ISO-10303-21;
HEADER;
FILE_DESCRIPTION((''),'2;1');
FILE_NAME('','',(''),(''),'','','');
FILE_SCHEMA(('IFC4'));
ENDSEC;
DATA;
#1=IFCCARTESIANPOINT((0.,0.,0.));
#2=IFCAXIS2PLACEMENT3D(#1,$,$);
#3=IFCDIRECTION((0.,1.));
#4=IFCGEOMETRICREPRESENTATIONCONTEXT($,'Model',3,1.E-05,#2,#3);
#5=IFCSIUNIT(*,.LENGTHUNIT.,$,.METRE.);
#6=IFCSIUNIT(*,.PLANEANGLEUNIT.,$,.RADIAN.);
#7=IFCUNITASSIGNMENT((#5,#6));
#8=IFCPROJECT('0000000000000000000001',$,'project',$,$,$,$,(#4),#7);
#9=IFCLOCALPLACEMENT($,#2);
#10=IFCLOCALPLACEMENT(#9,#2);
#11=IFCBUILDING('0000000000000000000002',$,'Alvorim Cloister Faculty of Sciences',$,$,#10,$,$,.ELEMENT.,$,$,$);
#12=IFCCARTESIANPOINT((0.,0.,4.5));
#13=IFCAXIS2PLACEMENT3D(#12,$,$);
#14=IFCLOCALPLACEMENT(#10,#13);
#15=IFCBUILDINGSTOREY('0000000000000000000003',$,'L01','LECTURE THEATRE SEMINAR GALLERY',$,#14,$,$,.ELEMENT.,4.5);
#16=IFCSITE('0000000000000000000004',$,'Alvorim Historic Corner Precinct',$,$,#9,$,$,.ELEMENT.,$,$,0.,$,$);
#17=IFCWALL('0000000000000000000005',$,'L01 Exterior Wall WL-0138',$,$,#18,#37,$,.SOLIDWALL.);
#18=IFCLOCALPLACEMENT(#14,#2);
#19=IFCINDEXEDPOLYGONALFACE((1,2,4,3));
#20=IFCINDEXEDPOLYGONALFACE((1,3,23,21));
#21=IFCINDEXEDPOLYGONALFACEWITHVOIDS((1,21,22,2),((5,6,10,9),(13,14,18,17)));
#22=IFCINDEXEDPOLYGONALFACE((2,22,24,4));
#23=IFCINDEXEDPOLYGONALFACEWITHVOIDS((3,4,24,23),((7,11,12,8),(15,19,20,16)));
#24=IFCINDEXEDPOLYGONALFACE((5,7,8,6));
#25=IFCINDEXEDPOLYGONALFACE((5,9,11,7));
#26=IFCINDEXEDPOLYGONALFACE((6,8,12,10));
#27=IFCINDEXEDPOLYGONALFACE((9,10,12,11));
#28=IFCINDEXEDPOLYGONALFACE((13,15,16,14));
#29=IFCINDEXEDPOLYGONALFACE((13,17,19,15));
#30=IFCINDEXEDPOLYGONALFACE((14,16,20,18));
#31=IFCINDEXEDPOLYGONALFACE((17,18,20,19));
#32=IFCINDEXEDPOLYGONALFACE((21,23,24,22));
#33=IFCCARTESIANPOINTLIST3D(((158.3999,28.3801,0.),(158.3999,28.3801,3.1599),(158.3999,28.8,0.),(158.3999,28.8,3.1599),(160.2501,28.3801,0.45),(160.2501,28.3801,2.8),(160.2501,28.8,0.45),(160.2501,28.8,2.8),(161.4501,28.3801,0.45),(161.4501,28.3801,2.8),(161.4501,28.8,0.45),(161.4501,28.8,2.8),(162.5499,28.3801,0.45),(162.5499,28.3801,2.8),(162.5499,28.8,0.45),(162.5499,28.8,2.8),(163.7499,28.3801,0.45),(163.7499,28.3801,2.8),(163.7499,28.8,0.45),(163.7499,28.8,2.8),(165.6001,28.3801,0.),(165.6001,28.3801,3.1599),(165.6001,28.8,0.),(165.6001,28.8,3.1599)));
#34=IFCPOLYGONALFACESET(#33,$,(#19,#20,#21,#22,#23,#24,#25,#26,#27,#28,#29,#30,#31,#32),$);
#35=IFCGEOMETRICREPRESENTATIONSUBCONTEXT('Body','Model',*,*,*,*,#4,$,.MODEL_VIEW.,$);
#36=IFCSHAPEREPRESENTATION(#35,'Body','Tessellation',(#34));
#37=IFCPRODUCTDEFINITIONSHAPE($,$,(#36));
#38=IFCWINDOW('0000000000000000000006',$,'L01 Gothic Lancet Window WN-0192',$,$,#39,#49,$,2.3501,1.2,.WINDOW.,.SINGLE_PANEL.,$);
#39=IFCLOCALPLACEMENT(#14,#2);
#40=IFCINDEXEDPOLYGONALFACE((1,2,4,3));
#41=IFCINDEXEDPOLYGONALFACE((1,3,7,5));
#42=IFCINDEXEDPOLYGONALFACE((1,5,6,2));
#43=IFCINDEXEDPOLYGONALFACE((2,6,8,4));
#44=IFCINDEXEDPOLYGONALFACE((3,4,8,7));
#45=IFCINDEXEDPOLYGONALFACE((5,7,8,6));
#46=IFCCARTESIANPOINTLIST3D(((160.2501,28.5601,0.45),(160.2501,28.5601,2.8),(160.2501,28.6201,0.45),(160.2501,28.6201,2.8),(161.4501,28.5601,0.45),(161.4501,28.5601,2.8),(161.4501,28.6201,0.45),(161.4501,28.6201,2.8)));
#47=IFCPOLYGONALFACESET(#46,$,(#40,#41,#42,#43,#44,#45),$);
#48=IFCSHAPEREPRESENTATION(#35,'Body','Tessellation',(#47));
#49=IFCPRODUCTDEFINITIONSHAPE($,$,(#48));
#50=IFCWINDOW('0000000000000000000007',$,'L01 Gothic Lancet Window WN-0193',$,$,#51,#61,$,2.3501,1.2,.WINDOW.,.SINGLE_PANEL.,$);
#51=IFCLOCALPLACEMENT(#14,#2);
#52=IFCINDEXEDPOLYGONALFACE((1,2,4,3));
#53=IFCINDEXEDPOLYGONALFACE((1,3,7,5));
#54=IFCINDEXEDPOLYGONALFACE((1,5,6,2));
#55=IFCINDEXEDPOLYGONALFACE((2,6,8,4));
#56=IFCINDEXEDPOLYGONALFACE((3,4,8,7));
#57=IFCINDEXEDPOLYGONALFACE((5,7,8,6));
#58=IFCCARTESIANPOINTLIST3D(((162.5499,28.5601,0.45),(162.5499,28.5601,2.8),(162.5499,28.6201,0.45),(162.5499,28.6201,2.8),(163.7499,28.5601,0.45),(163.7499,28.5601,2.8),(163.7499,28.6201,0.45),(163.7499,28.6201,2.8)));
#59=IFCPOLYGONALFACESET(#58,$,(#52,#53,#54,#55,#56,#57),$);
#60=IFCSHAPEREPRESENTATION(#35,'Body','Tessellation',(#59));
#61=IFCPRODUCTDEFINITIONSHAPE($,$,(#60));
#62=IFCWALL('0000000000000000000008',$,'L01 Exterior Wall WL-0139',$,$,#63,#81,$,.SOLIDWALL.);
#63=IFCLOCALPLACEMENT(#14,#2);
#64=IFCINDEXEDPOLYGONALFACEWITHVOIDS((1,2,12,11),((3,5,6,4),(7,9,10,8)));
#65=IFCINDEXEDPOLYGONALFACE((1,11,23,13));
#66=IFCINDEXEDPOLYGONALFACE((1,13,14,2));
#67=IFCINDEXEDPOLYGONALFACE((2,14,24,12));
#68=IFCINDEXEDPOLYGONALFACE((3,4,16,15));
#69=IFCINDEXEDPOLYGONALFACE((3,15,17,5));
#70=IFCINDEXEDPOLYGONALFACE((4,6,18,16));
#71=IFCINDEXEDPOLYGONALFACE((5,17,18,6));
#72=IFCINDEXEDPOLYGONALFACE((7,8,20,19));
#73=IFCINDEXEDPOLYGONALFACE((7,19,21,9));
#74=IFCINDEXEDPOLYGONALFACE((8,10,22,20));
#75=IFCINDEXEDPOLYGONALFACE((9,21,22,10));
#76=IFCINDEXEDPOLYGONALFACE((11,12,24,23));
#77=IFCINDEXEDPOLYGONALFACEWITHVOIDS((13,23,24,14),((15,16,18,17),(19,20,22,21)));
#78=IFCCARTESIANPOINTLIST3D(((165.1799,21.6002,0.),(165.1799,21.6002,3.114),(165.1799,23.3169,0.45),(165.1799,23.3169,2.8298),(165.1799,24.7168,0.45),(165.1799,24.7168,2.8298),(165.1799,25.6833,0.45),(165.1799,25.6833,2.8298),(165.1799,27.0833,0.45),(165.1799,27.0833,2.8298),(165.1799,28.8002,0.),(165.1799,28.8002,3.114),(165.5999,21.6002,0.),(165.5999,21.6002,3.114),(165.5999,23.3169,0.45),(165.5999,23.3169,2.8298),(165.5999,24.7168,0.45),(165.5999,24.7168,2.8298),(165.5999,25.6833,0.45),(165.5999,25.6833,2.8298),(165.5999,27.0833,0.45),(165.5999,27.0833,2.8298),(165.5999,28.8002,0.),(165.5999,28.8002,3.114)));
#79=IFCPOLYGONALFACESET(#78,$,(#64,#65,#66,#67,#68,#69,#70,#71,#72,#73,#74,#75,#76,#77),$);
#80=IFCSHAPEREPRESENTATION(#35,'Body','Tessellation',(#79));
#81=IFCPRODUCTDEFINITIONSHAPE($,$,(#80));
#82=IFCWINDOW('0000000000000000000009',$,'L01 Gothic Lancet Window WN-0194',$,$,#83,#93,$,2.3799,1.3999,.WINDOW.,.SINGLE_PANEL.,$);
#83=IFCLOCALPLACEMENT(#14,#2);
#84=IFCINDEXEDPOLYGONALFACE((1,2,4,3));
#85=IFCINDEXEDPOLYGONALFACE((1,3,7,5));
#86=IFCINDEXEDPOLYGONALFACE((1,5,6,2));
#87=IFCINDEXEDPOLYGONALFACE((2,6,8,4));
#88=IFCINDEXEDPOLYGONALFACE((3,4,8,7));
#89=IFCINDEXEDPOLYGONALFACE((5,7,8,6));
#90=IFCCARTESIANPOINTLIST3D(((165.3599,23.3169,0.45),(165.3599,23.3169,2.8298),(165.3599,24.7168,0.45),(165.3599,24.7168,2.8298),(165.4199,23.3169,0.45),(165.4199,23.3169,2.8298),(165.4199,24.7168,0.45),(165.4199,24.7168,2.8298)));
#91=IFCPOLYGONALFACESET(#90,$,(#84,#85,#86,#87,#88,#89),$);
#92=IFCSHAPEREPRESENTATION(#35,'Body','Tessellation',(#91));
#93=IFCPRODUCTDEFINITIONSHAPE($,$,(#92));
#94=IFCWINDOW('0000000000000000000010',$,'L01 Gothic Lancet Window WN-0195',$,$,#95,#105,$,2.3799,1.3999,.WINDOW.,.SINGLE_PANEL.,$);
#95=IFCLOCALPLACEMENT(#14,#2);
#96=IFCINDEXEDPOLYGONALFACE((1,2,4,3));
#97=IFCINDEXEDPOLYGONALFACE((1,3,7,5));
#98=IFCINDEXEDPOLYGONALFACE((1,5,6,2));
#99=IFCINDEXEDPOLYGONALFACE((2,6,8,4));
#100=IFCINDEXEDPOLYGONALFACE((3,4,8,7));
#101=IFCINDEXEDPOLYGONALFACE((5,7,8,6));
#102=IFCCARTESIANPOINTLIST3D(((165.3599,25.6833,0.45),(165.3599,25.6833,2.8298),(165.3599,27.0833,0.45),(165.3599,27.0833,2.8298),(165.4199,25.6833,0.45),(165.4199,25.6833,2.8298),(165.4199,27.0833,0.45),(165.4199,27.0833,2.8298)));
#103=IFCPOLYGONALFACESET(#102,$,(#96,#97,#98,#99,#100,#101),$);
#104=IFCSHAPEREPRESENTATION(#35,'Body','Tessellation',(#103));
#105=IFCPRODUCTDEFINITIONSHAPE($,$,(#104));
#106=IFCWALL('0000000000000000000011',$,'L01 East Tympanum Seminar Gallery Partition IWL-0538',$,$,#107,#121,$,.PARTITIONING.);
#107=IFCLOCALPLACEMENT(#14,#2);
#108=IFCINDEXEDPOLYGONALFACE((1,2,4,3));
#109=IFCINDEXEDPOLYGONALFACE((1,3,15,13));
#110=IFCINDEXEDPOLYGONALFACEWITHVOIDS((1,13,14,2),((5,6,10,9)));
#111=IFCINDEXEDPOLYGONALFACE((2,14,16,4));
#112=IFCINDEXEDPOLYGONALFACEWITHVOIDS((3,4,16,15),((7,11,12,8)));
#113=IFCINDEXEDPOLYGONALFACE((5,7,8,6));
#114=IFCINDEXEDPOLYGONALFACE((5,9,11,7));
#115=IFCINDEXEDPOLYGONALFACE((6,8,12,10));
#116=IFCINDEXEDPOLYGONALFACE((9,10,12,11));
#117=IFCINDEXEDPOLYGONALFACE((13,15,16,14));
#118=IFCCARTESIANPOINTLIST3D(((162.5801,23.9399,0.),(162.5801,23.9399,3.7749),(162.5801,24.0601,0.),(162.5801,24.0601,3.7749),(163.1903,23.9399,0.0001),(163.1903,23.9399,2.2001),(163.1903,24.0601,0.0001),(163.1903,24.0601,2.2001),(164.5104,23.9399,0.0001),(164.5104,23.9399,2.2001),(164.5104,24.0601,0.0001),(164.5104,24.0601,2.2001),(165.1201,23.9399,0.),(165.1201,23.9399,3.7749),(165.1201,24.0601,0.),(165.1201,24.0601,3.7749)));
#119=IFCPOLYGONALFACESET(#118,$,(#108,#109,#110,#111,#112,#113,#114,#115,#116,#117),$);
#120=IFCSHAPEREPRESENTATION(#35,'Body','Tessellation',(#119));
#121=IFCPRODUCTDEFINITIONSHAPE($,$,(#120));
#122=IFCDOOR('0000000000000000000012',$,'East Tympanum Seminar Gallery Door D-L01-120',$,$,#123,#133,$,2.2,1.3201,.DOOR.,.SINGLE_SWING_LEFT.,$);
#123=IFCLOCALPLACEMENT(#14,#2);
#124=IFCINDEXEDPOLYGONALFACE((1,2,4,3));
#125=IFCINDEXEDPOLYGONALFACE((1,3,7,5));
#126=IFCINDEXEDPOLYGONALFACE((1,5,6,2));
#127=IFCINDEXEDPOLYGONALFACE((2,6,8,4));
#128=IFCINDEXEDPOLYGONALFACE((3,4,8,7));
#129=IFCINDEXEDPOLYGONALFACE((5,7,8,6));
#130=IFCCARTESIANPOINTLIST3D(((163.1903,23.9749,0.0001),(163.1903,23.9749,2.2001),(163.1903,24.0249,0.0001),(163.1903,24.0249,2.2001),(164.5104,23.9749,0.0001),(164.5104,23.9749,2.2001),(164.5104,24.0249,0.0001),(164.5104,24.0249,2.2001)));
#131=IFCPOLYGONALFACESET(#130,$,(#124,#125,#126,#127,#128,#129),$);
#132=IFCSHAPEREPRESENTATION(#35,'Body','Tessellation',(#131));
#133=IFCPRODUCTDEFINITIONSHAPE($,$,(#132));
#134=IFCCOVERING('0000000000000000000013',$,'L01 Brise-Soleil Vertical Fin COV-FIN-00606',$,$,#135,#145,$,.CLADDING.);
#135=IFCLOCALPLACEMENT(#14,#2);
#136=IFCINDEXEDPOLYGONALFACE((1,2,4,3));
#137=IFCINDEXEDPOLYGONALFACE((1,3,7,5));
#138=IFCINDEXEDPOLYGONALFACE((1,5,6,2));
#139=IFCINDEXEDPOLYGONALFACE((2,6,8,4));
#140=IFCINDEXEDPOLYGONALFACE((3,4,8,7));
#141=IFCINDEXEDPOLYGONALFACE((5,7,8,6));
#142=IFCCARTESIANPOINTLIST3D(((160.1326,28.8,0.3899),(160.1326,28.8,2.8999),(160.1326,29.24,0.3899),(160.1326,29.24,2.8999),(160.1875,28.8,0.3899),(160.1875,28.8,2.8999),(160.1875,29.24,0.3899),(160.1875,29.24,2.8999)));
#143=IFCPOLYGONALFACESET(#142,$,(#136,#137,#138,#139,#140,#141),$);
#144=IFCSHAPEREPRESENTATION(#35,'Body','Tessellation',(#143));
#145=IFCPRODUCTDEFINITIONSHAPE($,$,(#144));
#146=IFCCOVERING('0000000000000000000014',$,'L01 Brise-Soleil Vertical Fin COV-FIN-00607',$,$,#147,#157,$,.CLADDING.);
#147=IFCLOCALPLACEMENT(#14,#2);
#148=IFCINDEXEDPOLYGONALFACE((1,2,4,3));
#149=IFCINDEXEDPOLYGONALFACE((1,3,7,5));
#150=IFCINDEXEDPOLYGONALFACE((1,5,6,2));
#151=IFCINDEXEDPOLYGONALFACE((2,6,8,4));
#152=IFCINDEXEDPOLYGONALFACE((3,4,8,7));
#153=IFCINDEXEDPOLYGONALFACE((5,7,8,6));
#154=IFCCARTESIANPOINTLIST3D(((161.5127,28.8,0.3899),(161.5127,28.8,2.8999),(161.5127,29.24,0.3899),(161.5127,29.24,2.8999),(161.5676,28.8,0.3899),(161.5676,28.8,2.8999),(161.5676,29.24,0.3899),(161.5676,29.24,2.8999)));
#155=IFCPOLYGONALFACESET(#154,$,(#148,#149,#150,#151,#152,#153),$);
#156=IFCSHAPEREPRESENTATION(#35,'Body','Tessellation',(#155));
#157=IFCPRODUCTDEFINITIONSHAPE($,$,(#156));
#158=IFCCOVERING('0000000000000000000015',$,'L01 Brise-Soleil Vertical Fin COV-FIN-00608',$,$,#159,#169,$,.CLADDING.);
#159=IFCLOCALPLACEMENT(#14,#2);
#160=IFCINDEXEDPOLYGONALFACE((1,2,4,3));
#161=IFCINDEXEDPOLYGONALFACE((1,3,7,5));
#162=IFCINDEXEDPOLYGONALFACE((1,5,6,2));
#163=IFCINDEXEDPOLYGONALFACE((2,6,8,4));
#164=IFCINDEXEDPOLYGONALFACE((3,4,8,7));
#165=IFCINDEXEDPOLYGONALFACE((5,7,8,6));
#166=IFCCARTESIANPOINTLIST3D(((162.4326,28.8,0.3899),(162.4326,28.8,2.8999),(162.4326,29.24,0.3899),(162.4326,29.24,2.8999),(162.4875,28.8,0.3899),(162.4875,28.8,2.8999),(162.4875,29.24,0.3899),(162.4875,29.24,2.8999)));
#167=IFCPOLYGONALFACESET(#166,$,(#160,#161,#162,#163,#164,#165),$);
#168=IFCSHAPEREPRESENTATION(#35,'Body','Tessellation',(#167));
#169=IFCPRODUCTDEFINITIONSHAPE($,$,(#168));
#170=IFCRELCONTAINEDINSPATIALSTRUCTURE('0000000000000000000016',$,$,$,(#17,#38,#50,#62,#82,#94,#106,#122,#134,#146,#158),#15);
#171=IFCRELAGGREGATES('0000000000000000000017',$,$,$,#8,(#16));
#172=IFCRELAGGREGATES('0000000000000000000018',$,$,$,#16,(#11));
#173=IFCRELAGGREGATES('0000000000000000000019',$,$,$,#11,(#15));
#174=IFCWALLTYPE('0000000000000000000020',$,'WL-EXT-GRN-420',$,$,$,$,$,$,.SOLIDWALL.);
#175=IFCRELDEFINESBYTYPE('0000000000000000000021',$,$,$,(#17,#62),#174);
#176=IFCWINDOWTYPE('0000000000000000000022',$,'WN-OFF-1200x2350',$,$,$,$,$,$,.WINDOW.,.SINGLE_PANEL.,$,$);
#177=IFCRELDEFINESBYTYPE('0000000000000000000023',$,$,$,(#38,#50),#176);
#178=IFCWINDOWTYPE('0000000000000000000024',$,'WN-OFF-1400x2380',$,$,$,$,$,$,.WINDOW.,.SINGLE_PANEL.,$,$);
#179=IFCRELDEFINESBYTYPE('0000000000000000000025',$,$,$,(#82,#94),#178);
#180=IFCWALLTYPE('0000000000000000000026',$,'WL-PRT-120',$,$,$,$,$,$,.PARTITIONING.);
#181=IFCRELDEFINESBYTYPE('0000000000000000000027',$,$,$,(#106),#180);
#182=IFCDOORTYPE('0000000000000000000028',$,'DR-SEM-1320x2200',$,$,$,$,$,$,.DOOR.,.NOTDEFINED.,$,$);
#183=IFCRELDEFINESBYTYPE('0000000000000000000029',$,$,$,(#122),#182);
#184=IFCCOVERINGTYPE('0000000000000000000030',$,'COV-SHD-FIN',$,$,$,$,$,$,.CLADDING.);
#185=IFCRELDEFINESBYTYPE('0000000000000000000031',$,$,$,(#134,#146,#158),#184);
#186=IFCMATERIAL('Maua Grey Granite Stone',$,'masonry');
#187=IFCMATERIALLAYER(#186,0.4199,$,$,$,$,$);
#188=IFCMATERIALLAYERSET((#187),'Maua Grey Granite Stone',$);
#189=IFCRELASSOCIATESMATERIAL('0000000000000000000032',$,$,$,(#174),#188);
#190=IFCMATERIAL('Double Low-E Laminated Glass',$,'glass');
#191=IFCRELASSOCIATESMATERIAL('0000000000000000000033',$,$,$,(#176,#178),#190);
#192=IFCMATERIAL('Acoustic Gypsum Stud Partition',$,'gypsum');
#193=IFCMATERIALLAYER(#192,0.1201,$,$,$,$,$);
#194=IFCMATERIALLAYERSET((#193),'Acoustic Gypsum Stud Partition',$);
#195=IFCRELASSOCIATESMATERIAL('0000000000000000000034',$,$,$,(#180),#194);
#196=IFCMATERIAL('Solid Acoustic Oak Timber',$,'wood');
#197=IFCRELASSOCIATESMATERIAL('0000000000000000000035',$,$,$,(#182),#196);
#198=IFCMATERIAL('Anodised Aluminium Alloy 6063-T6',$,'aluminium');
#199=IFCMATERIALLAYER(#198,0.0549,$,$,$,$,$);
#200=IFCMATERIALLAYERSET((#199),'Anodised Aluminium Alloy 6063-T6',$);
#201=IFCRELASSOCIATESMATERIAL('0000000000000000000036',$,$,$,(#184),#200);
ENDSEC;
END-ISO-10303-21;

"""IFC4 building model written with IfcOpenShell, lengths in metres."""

from ifc_helpers import new_model, si_unit, direction, frame, frame_2d, origin, place, context, subcontext, project, spatial, polyline, rectangle, outline, extrude, material, layer, layer_set, type_object, element, fill, save


model = new_model("IFC4")

# Units and contexts
model_context = context("Model", 3, precision=1e-05, world=origin(), true_north=direction((0.0, 1.0)))
body_context = subcontext(model_context, "Body", "Model", "MODEL_VIEW")
ifc_project = project(units=[si_unit("LENGTHUNIT", "METRE"), si_unit("PLANEANGLEUNIT", "RADIAN")], contexts=[model_context])

# Site, building, storey
site_placement = place(None, origin())
site = spatial("IfcSite", under=ifc_project, at=site_placement, Name="Alvorim Historic Corner Precinct", CompositionType="ELEMENT", RefElevation=0.0)
building_placement = place(site_placement, origin())
building = spatial("IfcBuilding", under=site, at=building_placement, Name="Alvorim Cloister Faculty of Sciences", CompositionType="ELEMENT")
storey_placement = place(building_placement, frame((0.0, 0.0, 4.5)))
storey = spatial("IfcBuildingStorey", under=building, at=storey_placement, Name="L01", Description="LECTURE THEATRE SEMINAR GALLERY", CompositionType="ELEMENT", Elevation=4.5)

# Walls, openings, windows
ifc_material_1 = material(Name="Maua Grey Granite Stone", Category="masonry")
ifc_layer_1 = layer(ifc_material_1, 0.4199)
ifc_layer_set_1 = layer_set([ifc_layer_1], Name="Maua Grey Granite Stone")
wall_type_1 = type_object("IfcWallType", Name="WL-EXT-GRN-420", PredefinedType="SOLIDWALL", material=ifc_layer_set_1)
wall_1_placement = place(storey_placement, frame((158.3999, 28.5901, 0.0), z_axis=(0.0, 0.0, 1.0), x_axis=(1.0, 0.0, 0.0)))
wall_1 = element("IfcWall", 1, at=wall_1_placement, inside=storey, type_object=wall_type_1, Name="L01 Exterior Wall WL-0138", PredefinedType="SOLIDWALL", context=body_context, shape_type="SweptSolid", body=[
    extrude(rectangle(XDim=7.2002, YDim=0.4199, at=frame_2d((3.6001, 0.0))), origin(), (0.0, 0.0, 1.0), 3.1599),
])
opening_1_placement = place(wall_1_placement, frame((1.8501, 0.0, 0.45)))
opening_1 = element("IfcOpeningElement", 2, at=opening_1_placement, cuts=wall_1, PredefinedType="OPENING", context=body_context, shape_type="SweptSolid", body=[
    extrude(rectangle(XDim=1.2, YDim=2.3501, at=frame_2d((0.6001, 1.175))), frame((0.0, 0.2219, 0.0), z_axis=(0.0, -1.0, 0.0), x_axis=(1.0, 0.0, 0.0)), (0.0, 0.0, 1.0), 0.4438),
])
opening_2_placement = place(wall_1_placement, frame((4.1499, 0.0, 0.45)))
opening_2 = element("IfcOpeningElement", 3, at=opening_2_placement, cuts=wall_1, PredefinedType="OPENING", context=body_context, shape_type="SweptSolid", body=[
    extrude(rectangle(XDim=1.2, YDim=2.3501, at=frame_2d((0.6001, 1.175))), frame((0.0, 0.2219, 0.0), z_axis=(0.0, -1.0, 0.0), x_axis=(1.0, 0.0, 0.0)), (0.0, 0.0, 1.0), 0.4438),
])
ifc_material_2 = material(Name="Double Low-E Laminated Glass", Category="glass")
window_type_1 = type_object("IfcWindowType", Name="WN-OFF-1200x2350", PartitioningType="SINGLE_PANEL", PredefinedType="WINDOW", material=ifc_material_2)
window_1_placement = place(opening_1_placement, origin())
window_1 = element("IfcWindow", 4, at=window_1_placement, inside=storey, type_object=window_type_1, Name="L01 Gothic Lancet Window WN-0192", OverallHeight=2.3501, OverallWidth=1.2, PartitioningType="SINGLE_PANEL", PredefinedType="WINDOW", context=body_context, shape_type="SweptSolid", body=[
    extrude(rectangle(XDim=1.2, YDim=2.3501, at=frame_2d((0.6001, 1.175))), frame((0.0, 0.03, 0.0), z_axis=(0.0, -1.0, 0.0), x_axis=(1.0, 0.0, 0.0)), (0.0, 0.0, 1.0), 0.0601),
])
fill(opening_1, window_1)
window_2_placement = place(opening_2_placement, origin())
window_2 = element("IfcWindow", 5, at=window_2_placement, inside=storey, type_object=window_type_1, Name="L01 Gothic Lancet Window WN-0193", OverallHeight=2.3501, OverallWidth=1.2, PartitioningType="SINGLE_PANEL", PredefinedType="WINDOW", context=body_context, shape_type="SweptSolid", body=[
    extrude(rectangle(XDim=1.2, YDim=2.3501, at=frame_2d((0.6001, 1.175))), frame((0.0, 0.03, 0.0), z_axis=(0.0, -1.0, 0.0), x_axis=(1.0, 0.0, 0.0)), (0.0, 0.0, 1.0), 0.0601),
])
fill(opening_2, window_2)
wall_2_placement = place(storey_placement, frame((165.3899, 21.6001, 0.0), z_axis=(0.0, 0.0, 1.0), x_axis=(0.0, 1.0, 0.0)))
wall_2 = element("IfcWall", 6, at=wall_2_placement, inside=storey, type_object=wall_type_1, Name="L01 Exterior Wall WL-0139", PredefinedType="SOLIDWALL", context=body_context, shape_type="SweptSolid", body=[
    extrude(rectangle(XDim=7.2, YDim=0.4199, at=frame_2d((3.6001, 0.0))), origin(), (0.0, 0.0, 1.0), 3.114),
])
opening_3_placement = place(wall_2_placement, frame((1.7168, 0.0, 0.45)))
opening_3 = element("IfcOpeningElement", 7, at=opening_3_placement, cuts=wall_2, PredefinedType="OPENING", context=body_context, shape_type="SweptSolid", body=[
    extrude(rectangle(XDim=1.3999, YDim=2.3799, at=frame_2d((0.7, 1.1899))), frame((0.0, 0.2219, 0.0), z_axis=(0.0, -1.0, 0.0), x_axis=(1.0, 0.0, 0.0)), (0.0, 0.0, 1.0), 0.4438),
])
opening_4_placement = place(wall_2_placement, frame((4.0833, 0.0, 0.45)))
opening_4 = element("IfcOpeningElement", 8, at=opening_4_placement, cuts=wall_2, PredefinedType="OPENING", context=body_context, shape_type="SweptSolid", body=[
    extrude(rectangle(XDim=1.3999, YDim=2.3799, at=frame_2d((0.7, 1.1899))), frame((0.0, 0.2219, 0.0), z_axis=(0.0, -1.0, 0.0), x_axis=(1.0, 0.0, 0.0)), (0.0, 0.0, 1.0), 0.4438),
])
window_type_2 = type_object("IfcWindowType", Name="WN-OFF-1400x2380", PartitioningType="SINGLE_PANEL", PredefinedType="WINDOW", material=ifc_material_2)
window_3_placement = place(opening_3_placement, origin())
window_3 = element("IfcWindow", 9, at=window_3_placement, inside=storey, type_object=window_type_2, Name="L01 Gothic Lancet Window WN-0194", OverallHeight=2.3799, OverallWidth=1.3999, PartitioningType="SINGLE_PANEL", PredefinedType="WINDOW", context=body_context, shape_type="SweptSolid", body=[
    extrude(rectangle(XDim=1.3999, YDim=2.3799, at=frame_2d((0.7, 1.1899))), frame((0.0, 0.03, 0.0), z_axis=(0.0, -1.0, 0.0), x_axis=(1.0, 0.0, 0.0)), (0.0, 0.0, 1.0), 0.0601),
])
fill(opening_3, window_3)
window_4_placement = place(opening_4_placement, origin())
window_4 = element("IfcWindow", 10, at=window_4_placement, inside=storey, type_object=window_type_2, Name="L01 Gothic Lancet Window WN-0195", OverallHeight=2.3799, OverallWidth=1.3999, PartitioningType="SINGLE_PANEL", PredefinedType="WINDOW", context=body_context, shape_type="SweptSolid", body=[
    extrude(rectangle(XDim=1.3999, YDim=2.3799, at=frame_2d((0.7, 1.1899))), frame((0.0, 0.03, 0.0), z_axis=(0.0, -1.0, 0.0), x_axis=(1.0, 0.0, 0.0)), (0.0, 0.0, 1.0), 0.0601),
])
fill(opening_4, window_4)

# Wall, opening, door
ifc_material_3 = material(Name="Acoustic Gypsum Stud Partition", Category="gypsum")
ifc_layer_2 = layer(ifc_material_3, 0.1201)
ifc_layer_set_2 = layer_set([ifc_layer_2], Name="Acoustic Gypsum Stud Partition")
wall_type_2 = type_object("IfcWallType", Name="WL-PRT-120", PredefinedType="PARTITIONING", material=ifc_layer_set_2)
wall_3_placement = place(storey_placement, frame((162.5801, 24.0, 0.0), z_axis=(0.0, 0.0, 1.0), x_axis=(1.0, 0.0, 0.0)))
wall_3 = element("IfcWall", 11, at=wall_3_placement, inside=storey, type_object=wall_type_2, Name="L01 East Tympanum Seminar Gallery Partition IWL-0538", PredefinedType="PARTITIONING", context=body_context, shape_type="SweptSolid", body=[
    extrude(rectangle(XDim=2.54, YDim=0.1201, at=frame_2d((1.27, 0.0))), origin(), (0.0, 0.0, 1.0), 3.7749),
])
opening_5_placement = place(wall_3_placement, frame((0.6101, 0.0, 0.0)))
opening_5 = element("IfcOpeningElement", 12, at=opening_5_placement, cuts=wall_3, PredefinedType="OPENING", context=body_context, shape_type="SweptSolid", body=[
    extrude(rectangle(XDim=1.3201, YDim=2.2, at=frame_2d((0.6602, 1.1001))), frame((0.0, 0.072, 0.0), z_axis=(0.0, -1.0, 0.0), x_axis=(1.0, 0.0, 0.0)), (0.0, 0.0, 1.0), 0.144),
])
ifc_material_4 = material(Name="Solid Acoustic Oak Timber", Category="wood")
door_type = type_object("IfcDoorType", Name="DR-SEM-1320x2200", OperationType="NOTDEFINED", PredefinedType="DOOR", material=ifc_material_4)
door_placement = place(opening_5_placement, origin())
door = element("IfcDoor", 13, at=door_placement, inside=storey, type_object=door_type, Name="East Tympanum Seminar Gallery Door D-L01-120", OperationType="SINGLE_SWING_LEFT", OverallHeight=2.2, OverallWidth=1.3201, PredefinedType="DOOR", context=body_context, shape_type="SweptSolid", body=[
    extrude(rectangle(XDim=1.3201, YDim=2.2, at=frame_2d((0.6602, 1.1001))), frame((0.0, 0.0249, 0.0), z_axis=(0.0, -1.0, 0.0), x_axis=(1.0, 0.0, 0.0)), (0.0, 0.0, 1.0), 0.05),
])
fill(opening_5, door)

# Coverings
ifc_material_5 = material(Name="Anodised Aluminium Alloy 6063-T6", Category="aluminium")
ifc_layer_3 = layer(ifc_material_5, 0.0549)
ifc_layer_set_3 = layer_set([ifc_layer_3], Name="Anodised Aluminium Alloy 6063-T6")
covering_type = type_object("IfcCoveringType", Name="COV-SHD-FIN", PredefinedType="CLADDING", material=ifc_layer_set_3)
for number, where, z_axis, x_axis, name in (
    (14, (160.1599, 28.8, 0.3899), (0.0, 0.0, 1.0), (0.0, 1.0, 0.0), "L01 Brise-Soleil Vertical Fin COV-FIN-00606"),
    (15, (161.54, 28.8, 0.3899), (0.0, 0.0, 1.0), (0.0, 1.0, 0.0), "L01 Brise-Soleil Vertical Fin COV-FIN-00607"),
    (16, (162.46, 28.8, 0.3899), (0.0, 0.0, 1.0), (0.0, 1.0, 0.0), "L01 Brise-Soleil Vertical Fin COV-FIN-00608"),
):
    element("IfcCovering", number, at=place(storey_placement, frame(where, z_axis=z_axis, x_axis=x_axis)), inside=storey, type_object=covering_type, Name=name, PredefinedType="CLADDING", context=body_context, shape_type="SweptSolid", body=[
        extrude(outline(polyline([(0.0, 0.0), (0.4399, 0.0), (0.4399, 2.51), (0.0, 2.51), (0.0, 0.0)])), frame((0.0, 0.0273, 0.0), z_axis=(0.0, -1.0, 0.0), x_axis=(1.0, 0.0, 0.0)), (0.0, 0.0, 1.0), 0.0549),
    ])

save(model, "model.ifc")
